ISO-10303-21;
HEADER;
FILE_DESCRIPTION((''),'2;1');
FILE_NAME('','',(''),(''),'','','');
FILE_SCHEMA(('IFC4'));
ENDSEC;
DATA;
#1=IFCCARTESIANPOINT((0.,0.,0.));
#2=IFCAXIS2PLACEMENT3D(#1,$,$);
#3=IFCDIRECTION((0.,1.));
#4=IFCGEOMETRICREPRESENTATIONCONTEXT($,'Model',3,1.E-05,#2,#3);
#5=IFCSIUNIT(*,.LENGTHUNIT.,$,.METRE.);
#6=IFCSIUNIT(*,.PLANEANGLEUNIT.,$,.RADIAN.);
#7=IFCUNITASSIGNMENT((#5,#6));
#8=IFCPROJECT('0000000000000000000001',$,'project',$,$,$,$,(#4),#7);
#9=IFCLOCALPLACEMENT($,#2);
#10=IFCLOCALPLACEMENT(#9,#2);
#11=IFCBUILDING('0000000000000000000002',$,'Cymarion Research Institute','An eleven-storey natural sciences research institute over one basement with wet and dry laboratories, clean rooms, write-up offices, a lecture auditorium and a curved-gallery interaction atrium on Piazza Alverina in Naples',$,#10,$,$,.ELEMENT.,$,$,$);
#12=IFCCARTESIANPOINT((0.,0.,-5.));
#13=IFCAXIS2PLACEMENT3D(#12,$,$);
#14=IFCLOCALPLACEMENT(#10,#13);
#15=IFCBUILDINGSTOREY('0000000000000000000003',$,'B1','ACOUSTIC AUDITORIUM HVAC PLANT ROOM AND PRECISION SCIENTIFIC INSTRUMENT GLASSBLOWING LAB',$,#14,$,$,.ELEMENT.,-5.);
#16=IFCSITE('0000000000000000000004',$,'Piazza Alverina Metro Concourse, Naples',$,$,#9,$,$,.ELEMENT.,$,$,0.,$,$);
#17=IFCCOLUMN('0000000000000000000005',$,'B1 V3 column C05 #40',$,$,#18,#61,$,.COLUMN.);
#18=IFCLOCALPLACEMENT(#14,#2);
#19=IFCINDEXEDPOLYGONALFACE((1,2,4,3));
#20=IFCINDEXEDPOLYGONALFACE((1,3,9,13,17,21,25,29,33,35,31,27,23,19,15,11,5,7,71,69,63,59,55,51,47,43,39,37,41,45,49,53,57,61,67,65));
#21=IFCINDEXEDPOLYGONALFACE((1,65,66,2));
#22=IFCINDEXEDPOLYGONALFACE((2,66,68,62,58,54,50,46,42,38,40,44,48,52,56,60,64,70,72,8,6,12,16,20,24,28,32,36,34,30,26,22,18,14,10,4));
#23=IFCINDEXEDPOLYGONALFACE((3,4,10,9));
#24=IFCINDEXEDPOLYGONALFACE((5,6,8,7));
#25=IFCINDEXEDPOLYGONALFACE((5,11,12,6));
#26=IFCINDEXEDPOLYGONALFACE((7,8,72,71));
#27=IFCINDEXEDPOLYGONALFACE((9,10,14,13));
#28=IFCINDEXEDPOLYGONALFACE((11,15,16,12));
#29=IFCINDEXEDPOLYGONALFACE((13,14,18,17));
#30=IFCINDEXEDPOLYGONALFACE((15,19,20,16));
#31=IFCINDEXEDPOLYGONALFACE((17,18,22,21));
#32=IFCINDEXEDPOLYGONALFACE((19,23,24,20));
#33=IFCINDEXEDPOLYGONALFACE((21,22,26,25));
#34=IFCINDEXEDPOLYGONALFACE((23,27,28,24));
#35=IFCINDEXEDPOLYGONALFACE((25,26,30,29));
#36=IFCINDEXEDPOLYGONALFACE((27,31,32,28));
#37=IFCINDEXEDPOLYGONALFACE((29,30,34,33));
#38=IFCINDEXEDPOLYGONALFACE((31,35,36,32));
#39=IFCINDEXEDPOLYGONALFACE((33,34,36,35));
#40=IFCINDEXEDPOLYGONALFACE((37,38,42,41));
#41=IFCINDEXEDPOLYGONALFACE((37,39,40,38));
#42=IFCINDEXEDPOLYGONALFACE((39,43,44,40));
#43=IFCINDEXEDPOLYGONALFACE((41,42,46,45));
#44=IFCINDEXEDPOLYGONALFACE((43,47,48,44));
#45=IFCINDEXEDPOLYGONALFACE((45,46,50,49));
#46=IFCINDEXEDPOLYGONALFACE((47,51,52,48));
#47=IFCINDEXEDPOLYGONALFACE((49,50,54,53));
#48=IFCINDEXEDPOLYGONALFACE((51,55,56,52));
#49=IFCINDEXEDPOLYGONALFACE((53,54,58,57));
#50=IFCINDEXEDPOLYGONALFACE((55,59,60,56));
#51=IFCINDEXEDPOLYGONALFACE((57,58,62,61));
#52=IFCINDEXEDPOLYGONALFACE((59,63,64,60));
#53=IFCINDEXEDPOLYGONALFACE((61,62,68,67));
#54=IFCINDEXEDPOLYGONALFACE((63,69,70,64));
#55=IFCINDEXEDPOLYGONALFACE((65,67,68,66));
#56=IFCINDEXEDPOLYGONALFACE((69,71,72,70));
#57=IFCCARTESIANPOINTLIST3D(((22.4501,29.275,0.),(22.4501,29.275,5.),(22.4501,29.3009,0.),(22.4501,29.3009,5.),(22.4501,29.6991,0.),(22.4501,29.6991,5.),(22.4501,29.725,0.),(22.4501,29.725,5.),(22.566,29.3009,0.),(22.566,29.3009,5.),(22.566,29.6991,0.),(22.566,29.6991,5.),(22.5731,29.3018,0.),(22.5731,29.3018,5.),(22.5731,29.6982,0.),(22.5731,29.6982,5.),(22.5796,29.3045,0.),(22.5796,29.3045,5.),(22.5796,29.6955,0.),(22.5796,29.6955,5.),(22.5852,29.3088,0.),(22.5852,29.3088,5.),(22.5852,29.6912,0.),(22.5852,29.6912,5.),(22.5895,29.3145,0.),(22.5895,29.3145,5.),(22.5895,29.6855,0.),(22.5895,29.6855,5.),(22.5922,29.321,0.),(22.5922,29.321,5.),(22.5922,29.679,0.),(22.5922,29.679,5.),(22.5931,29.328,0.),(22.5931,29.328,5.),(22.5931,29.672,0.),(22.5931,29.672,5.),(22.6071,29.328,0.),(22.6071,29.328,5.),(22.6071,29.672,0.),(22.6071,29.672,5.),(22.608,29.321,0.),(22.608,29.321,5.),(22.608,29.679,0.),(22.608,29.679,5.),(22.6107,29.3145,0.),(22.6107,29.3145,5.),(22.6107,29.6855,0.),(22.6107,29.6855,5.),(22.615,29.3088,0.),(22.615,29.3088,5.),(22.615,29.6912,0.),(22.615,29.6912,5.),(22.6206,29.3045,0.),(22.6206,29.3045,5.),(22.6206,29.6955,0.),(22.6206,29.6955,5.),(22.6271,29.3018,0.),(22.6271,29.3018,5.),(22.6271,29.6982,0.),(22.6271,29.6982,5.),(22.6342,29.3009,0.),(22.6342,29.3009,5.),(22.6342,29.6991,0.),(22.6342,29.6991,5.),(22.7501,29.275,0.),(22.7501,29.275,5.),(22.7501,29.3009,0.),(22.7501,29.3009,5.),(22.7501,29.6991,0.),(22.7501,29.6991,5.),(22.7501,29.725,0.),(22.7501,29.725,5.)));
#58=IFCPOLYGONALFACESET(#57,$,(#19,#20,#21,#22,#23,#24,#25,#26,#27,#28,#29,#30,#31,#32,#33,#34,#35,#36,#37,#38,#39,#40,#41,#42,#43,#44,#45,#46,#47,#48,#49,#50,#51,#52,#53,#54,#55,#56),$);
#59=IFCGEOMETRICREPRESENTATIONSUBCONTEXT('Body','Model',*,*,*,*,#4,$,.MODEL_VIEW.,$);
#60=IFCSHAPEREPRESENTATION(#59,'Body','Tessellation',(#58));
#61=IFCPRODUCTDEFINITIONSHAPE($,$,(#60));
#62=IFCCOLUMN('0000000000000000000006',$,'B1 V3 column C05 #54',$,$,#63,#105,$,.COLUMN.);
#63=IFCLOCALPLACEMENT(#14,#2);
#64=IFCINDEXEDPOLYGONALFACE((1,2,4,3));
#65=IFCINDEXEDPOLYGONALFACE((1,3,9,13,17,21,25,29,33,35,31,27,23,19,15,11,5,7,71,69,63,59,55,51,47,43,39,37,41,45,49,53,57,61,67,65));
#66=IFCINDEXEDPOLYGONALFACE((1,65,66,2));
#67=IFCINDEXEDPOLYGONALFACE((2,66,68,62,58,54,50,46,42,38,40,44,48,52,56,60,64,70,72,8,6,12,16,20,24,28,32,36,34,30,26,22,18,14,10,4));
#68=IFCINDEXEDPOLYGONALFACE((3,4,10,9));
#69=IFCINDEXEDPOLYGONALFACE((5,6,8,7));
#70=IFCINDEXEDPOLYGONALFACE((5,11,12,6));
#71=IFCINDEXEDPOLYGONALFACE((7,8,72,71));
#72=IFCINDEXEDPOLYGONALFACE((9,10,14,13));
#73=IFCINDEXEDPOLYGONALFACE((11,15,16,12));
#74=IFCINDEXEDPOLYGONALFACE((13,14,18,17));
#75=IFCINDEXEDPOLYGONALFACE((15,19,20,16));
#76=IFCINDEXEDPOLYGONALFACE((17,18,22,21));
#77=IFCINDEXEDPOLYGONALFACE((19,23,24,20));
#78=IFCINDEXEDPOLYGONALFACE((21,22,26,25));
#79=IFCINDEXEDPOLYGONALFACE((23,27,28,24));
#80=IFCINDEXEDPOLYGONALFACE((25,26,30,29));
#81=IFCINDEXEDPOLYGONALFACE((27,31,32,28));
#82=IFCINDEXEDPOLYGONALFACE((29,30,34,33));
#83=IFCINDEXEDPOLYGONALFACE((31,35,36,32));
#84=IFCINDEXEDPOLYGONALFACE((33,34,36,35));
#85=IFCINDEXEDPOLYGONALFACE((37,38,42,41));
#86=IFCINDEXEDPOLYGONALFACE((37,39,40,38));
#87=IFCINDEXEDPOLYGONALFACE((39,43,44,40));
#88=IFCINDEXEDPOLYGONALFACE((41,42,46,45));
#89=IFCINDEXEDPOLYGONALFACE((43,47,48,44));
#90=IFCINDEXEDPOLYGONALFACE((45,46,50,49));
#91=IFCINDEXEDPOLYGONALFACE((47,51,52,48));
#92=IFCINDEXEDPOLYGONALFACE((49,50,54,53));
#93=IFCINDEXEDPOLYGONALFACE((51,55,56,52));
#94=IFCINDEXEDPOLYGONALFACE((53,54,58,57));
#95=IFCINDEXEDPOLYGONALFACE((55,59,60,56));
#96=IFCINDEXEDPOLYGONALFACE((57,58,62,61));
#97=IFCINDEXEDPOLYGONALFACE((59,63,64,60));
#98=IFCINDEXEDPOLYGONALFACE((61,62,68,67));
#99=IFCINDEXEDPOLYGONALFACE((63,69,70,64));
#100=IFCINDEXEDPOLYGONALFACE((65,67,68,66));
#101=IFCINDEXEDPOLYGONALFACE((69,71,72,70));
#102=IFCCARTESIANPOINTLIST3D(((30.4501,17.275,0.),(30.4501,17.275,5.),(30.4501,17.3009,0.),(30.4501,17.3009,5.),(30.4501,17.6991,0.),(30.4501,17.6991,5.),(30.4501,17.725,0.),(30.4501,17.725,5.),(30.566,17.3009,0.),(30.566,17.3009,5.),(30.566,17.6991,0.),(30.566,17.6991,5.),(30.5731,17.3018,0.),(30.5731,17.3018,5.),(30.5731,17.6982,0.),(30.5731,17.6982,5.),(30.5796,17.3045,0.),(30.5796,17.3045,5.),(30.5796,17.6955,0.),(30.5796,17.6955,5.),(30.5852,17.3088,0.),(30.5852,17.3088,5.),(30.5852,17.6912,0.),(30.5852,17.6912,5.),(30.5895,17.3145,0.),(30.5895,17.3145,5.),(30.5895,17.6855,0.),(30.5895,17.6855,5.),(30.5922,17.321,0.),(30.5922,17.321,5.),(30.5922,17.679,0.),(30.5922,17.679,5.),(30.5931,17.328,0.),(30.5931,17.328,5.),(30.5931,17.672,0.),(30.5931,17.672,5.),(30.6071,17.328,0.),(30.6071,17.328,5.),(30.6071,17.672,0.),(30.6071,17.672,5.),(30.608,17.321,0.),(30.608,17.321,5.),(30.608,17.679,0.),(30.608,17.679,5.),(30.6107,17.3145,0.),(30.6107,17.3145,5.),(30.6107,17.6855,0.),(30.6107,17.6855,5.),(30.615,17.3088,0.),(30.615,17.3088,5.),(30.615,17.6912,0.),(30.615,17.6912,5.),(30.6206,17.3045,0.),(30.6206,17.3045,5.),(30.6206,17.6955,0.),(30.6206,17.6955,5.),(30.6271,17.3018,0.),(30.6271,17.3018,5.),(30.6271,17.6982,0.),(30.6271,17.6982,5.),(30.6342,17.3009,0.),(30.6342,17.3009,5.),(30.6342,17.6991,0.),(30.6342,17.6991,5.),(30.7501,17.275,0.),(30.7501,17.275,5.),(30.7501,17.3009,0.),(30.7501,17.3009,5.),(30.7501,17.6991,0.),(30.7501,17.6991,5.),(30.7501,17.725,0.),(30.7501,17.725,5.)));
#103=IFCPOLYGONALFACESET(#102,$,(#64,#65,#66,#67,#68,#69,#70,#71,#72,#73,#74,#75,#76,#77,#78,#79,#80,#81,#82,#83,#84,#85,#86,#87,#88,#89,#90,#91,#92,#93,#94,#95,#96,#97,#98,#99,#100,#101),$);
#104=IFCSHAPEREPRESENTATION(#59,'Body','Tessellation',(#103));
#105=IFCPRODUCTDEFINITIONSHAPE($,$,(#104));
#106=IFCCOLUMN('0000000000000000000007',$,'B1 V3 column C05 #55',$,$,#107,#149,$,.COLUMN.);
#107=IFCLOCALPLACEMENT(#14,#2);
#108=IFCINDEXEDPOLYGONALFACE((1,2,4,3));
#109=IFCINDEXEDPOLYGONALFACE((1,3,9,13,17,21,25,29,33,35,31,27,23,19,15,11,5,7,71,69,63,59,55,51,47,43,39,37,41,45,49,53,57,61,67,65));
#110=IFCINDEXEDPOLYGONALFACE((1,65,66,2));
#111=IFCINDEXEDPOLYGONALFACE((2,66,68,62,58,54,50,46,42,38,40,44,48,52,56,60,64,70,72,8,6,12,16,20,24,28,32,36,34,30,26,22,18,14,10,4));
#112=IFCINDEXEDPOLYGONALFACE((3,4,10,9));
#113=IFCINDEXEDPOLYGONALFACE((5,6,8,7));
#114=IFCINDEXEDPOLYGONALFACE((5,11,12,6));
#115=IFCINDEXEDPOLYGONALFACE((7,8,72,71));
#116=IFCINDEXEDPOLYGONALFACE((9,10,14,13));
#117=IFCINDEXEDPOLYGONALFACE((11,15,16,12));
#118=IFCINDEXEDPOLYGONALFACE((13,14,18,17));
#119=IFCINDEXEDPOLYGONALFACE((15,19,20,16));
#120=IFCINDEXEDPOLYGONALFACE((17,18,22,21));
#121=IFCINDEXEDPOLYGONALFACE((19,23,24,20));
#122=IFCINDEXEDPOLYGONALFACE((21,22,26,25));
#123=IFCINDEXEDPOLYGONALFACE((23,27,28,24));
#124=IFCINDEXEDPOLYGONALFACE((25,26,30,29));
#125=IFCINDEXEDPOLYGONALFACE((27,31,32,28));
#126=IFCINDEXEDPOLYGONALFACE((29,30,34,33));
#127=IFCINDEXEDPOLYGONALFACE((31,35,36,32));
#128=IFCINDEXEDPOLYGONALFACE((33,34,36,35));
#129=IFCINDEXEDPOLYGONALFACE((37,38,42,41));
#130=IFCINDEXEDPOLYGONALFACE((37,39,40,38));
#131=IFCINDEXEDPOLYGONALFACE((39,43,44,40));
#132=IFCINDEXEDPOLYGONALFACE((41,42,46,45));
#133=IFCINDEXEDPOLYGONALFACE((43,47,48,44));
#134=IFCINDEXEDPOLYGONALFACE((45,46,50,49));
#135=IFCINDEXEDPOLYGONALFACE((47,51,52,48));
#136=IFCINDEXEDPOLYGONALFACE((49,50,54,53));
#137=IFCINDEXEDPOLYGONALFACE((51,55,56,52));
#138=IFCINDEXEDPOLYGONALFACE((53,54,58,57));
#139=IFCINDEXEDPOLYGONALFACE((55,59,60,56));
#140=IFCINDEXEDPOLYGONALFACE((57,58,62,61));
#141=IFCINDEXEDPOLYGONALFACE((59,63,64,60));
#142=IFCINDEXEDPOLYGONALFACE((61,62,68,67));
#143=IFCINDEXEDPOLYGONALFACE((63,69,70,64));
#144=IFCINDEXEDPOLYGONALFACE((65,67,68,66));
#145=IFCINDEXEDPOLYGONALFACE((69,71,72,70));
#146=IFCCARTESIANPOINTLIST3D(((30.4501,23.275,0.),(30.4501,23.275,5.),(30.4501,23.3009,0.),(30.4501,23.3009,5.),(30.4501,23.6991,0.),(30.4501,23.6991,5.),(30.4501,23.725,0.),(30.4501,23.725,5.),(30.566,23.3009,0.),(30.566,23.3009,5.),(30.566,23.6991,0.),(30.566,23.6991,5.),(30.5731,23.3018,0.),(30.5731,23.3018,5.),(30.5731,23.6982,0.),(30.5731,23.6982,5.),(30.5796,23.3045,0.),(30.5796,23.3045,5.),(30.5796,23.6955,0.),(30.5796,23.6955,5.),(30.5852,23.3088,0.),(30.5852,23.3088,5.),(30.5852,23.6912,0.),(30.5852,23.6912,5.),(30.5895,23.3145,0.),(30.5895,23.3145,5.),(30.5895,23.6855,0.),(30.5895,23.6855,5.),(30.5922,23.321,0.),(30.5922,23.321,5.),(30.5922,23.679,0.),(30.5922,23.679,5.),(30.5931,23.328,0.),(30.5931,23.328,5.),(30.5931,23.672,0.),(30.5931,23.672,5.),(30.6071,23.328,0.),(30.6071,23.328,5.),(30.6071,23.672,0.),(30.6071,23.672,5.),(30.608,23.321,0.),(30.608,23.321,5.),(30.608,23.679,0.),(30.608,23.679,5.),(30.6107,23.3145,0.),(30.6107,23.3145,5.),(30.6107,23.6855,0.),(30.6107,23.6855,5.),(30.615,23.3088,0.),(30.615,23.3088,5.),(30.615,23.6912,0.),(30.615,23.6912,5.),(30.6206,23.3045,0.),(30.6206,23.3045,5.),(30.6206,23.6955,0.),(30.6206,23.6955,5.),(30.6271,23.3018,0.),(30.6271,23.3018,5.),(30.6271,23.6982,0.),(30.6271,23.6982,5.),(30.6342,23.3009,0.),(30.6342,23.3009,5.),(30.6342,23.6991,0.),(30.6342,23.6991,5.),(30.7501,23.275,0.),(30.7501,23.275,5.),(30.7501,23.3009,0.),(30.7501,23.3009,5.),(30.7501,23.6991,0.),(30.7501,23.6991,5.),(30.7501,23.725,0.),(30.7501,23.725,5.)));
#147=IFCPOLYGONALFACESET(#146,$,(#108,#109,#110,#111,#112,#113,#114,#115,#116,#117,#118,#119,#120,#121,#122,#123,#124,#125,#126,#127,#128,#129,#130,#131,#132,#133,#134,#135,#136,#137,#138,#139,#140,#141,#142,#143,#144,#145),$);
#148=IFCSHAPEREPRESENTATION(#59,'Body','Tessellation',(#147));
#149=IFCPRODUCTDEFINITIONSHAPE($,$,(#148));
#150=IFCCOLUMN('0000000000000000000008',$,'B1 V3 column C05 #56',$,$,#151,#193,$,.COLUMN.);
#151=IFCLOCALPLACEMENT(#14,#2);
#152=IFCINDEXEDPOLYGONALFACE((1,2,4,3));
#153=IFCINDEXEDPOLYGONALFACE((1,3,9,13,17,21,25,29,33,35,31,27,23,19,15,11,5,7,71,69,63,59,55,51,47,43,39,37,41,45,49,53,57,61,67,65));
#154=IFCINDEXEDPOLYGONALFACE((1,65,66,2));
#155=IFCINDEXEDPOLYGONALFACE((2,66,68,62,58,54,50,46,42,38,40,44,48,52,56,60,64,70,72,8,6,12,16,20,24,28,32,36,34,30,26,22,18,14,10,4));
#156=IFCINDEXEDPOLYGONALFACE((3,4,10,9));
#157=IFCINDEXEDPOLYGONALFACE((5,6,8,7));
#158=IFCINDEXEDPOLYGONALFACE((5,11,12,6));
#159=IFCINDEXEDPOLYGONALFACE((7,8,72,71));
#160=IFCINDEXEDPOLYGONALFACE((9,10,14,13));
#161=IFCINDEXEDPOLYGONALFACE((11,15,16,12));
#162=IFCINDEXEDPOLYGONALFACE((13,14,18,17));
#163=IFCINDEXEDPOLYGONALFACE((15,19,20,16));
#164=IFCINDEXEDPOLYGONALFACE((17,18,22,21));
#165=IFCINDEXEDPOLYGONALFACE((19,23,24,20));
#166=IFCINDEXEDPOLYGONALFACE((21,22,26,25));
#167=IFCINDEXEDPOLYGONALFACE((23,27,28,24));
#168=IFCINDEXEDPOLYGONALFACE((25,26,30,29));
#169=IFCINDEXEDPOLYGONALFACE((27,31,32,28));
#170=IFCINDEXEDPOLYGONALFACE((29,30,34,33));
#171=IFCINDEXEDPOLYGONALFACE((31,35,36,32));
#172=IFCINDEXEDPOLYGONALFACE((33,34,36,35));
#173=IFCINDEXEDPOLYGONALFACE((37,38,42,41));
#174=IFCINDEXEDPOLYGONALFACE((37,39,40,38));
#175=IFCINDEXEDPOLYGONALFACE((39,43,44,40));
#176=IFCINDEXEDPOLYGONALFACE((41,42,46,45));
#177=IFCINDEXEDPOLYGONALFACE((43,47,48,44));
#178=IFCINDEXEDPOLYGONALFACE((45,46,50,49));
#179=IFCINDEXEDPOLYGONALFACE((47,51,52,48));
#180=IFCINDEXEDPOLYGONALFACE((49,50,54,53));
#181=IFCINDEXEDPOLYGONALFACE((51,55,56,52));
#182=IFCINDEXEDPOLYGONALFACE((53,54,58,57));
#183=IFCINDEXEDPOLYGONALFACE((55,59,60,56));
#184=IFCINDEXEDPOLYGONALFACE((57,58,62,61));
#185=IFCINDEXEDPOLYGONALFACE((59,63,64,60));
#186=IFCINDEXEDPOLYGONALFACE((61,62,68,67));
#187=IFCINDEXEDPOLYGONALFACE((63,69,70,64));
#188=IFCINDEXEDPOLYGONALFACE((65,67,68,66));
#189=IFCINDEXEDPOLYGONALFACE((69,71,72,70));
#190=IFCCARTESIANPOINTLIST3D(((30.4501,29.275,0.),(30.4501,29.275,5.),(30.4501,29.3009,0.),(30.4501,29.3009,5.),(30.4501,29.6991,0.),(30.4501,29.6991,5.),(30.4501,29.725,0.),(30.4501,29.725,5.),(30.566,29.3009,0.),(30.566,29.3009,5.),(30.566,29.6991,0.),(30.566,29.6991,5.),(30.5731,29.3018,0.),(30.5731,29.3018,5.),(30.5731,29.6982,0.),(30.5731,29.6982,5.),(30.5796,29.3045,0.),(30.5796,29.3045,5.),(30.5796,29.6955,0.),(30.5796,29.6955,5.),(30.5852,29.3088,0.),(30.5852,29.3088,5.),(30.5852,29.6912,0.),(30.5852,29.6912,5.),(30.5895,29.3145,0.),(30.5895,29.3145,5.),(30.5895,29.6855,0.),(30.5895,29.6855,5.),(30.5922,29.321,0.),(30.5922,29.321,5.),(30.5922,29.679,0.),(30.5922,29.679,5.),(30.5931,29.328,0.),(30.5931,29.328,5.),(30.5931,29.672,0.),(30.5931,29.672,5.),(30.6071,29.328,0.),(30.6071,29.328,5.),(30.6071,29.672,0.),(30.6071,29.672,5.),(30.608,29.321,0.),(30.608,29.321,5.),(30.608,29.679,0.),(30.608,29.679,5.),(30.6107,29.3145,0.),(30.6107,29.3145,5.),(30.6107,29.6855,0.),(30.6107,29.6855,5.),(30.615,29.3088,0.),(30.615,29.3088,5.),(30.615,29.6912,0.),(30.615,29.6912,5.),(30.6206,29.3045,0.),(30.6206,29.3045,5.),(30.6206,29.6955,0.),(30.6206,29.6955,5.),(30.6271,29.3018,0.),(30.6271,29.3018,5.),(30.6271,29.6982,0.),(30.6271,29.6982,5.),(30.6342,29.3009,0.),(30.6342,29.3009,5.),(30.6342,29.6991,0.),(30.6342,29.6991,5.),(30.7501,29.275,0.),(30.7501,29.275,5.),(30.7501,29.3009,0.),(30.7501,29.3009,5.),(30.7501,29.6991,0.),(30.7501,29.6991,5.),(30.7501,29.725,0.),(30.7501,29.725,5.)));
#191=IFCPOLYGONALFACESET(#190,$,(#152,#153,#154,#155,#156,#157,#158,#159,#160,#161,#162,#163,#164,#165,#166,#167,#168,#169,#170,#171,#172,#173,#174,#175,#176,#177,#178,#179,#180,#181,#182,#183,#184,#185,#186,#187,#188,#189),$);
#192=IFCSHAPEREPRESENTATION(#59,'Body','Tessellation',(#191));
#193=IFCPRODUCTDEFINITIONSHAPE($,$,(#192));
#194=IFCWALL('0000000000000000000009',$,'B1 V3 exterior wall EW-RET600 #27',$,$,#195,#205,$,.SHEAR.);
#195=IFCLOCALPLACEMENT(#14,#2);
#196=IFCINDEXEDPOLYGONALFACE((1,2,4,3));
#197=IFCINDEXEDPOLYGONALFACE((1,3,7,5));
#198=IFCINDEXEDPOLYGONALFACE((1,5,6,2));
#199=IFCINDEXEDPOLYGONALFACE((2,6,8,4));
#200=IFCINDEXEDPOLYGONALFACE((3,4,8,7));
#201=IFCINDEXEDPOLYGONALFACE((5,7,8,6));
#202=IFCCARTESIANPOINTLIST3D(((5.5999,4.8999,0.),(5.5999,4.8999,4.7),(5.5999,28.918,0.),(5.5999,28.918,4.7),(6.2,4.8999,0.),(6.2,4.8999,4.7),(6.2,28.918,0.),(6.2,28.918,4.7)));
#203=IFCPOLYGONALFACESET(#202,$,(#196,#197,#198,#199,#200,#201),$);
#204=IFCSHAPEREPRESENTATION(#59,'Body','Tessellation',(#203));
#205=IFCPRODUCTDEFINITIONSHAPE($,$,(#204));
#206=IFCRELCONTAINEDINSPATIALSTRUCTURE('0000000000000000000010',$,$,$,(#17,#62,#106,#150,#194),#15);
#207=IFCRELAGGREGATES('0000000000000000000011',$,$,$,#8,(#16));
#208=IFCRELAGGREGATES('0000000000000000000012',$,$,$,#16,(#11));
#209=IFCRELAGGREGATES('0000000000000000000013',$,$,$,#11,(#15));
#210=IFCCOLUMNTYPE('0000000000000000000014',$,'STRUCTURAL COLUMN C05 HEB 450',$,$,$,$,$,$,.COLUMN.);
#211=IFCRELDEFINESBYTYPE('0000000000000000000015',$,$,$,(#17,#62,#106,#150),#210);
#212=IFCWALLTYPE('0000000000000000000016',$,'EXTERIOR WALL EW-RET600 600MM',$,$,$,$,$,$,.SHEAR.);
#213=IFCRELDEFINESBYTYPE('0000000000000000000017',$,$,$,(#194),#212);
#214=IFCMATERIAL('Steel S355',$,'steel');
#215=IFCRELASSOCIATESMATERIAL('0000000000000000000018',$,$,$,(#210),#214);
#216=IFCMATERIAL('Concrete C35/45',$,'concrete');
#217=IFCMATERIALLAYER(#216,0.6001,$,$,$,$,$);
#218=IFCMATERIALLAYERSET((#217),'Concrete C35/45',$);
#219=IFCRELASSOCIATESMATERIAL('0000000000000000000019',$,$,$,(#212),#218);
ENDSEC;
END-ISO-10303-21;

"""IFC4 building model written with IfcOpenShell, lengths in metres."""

from ifc_helpers import new_model, si_unit, direction, frame, frame_2d, origin, origin_2d, place, context, subcontext, project, spatial, rectangle, i_section, extrude, material, layer, layer_set, material_profile, profile_set, type_object, element, save


model = new_model("IFC4")

# Units and contexts
model_context = context("Model", 3, precision=1e-05, world=origin(), true_north=direction((0.0, 1.0)))
body_context = subcontext(model_context, "Body", "Model", "MODEL_VIEW")
ifc_project = project(units=[si_unit("LENGTHUNIT", "METRE"), si_unit("PLANEANGLEUNIT", "RADIAN")], contexts=[model_context])

# Site, building, storey
site_placement = place(None, origin())
site = spatial("IfcSite", under=ifc_project, at=site_placement, Name="Piazza Alverina Metro Concourse, Naples", CompositionType="ELEMENT", RefElevation=0.0)
building_placement = place(site_placement, origin())
building = spatial("IfcBuilding", under=site, at=building_placement, Name="Cymarion Research Institute", Description="An eleven-storey natural sciences research institute over one basement with wet and dry laboratories, clean rooms, write-up offices, a lecture auditorium and a curved-gallery interaction atrium on Piazza Alverina in Naples", CompositionType="ELEMENT")
storey_placement = place(building_placement, frame((0.0, 0.0, -5.0)))
storey = spatial("IfcBuildingStorey", under=building, at=storey_placement, Name="B1", Description="ACOUSTIC AUDITORIUM HVAC PLANT ROOM AND PRECISION SCIENTIFIC INSTRUMENT GLASSBLOWING LAB", CompositionType="ELEMENT", Elevation=-5.0)

# Shared definitions
ifc_material_1 = material(Name="Concrete C35/45", Category="concrete")

# Columns
ifc_material_2 = material(Name="Steel S355", Category="steel")
ifc_material_profile_1 = material_profile(ifc_material_2, i_section(OverallWidth=0.3, OverallDepth=0.45, WebThickness=0.0139, FlangeThickness=0.0259, FilletRadius=0.0271, at=origin_2d()), Name="HEB 450")
ifc_profile_set_1 = profile_set([ifc_material_profile_1], Name="Steel S355")
column_type_1 = type_object("IfcColumnType", Name="STRUCTURAL COLUMN C05 HEB 450", PredefinedType="COLUMN", material=ifc_profile_set_1)
for number, where, z_axis, x_axis, name in (
    (1, (22.6001, 29.5, 0.0), (0.0, 0.0, 1.0), (1.0, 0.0, 0.0), "B1 V3 column C05 #40"),
    (2, (30.6001, 17.5, 0.0), (0.0, 0.0, 1.0), (1.0, 0.0, 0.0), "B1 V3 column C05 #54"),
    (3, (30.6001, 23.5, 0.0), (0.0, 0.0, 1.0), (1.0, 0.0, 0.0), "B1 V3 column C05 #55"),
    (4, (30.6001, 29.5, 0.0), (0.0, 0.0, 1.0), (1.0, 0.0, 0.0), "B1 V3 column C05 #56"),
):
    element("IfcColumn", number, at=place(storey_placement, frame(where, z_axis=z_axis, x_axis=x_axis)), inside=storey, type_object=column_type_1, Name=name, PredefinedType="COLUMN", context=body_context, shape_type="SweptSolid", body=[
        extrude(i_section(OverallWidth=0.3, OverallDepth=0.45, WebThickness=0.0139, FlangeThickness=0.0259, FilletRadius=0.0271, at=origin_2d()), origin(), (0.0, 0.0, 1.0), 5.0),
    ])

# Wall
ifc_layer_1 = layer(ifc_material_1, 0.6001)
ifc_layer_set_1 = layer_set([ifc_layer_1], Name="Concrete C35/45")
wall_type_1 = type_object("IfcWallType", Name="EXTERIOR WALL EW-RET600 600MM", PredefinedType="SHEAR", material=ifc_layer_set_1)
wall_1_placement = place(storey_placement, frame((5.8999, 28.918, 0.0), z_axis=(0.0, 0.0, 1.0), x_axis=(0.0, -1.0, 0.0)))
element("IfcWall", 5, at=wall_1_placement, inside=storey, type_object=wall_type_1, Name="B1 V3 exterior wall EW-RET600 #27", PredefinedType="SHEAR", context=body_context, shape_type="SweptSolid", body=[
    extrude(rectangle(XDim=24.0181, YDim=0.6001, at=frame_2d((12.009, 0.0))), origin(), (0.0, 0.0, 1.0), 4.7),
])

save(model, "model.ifc")
